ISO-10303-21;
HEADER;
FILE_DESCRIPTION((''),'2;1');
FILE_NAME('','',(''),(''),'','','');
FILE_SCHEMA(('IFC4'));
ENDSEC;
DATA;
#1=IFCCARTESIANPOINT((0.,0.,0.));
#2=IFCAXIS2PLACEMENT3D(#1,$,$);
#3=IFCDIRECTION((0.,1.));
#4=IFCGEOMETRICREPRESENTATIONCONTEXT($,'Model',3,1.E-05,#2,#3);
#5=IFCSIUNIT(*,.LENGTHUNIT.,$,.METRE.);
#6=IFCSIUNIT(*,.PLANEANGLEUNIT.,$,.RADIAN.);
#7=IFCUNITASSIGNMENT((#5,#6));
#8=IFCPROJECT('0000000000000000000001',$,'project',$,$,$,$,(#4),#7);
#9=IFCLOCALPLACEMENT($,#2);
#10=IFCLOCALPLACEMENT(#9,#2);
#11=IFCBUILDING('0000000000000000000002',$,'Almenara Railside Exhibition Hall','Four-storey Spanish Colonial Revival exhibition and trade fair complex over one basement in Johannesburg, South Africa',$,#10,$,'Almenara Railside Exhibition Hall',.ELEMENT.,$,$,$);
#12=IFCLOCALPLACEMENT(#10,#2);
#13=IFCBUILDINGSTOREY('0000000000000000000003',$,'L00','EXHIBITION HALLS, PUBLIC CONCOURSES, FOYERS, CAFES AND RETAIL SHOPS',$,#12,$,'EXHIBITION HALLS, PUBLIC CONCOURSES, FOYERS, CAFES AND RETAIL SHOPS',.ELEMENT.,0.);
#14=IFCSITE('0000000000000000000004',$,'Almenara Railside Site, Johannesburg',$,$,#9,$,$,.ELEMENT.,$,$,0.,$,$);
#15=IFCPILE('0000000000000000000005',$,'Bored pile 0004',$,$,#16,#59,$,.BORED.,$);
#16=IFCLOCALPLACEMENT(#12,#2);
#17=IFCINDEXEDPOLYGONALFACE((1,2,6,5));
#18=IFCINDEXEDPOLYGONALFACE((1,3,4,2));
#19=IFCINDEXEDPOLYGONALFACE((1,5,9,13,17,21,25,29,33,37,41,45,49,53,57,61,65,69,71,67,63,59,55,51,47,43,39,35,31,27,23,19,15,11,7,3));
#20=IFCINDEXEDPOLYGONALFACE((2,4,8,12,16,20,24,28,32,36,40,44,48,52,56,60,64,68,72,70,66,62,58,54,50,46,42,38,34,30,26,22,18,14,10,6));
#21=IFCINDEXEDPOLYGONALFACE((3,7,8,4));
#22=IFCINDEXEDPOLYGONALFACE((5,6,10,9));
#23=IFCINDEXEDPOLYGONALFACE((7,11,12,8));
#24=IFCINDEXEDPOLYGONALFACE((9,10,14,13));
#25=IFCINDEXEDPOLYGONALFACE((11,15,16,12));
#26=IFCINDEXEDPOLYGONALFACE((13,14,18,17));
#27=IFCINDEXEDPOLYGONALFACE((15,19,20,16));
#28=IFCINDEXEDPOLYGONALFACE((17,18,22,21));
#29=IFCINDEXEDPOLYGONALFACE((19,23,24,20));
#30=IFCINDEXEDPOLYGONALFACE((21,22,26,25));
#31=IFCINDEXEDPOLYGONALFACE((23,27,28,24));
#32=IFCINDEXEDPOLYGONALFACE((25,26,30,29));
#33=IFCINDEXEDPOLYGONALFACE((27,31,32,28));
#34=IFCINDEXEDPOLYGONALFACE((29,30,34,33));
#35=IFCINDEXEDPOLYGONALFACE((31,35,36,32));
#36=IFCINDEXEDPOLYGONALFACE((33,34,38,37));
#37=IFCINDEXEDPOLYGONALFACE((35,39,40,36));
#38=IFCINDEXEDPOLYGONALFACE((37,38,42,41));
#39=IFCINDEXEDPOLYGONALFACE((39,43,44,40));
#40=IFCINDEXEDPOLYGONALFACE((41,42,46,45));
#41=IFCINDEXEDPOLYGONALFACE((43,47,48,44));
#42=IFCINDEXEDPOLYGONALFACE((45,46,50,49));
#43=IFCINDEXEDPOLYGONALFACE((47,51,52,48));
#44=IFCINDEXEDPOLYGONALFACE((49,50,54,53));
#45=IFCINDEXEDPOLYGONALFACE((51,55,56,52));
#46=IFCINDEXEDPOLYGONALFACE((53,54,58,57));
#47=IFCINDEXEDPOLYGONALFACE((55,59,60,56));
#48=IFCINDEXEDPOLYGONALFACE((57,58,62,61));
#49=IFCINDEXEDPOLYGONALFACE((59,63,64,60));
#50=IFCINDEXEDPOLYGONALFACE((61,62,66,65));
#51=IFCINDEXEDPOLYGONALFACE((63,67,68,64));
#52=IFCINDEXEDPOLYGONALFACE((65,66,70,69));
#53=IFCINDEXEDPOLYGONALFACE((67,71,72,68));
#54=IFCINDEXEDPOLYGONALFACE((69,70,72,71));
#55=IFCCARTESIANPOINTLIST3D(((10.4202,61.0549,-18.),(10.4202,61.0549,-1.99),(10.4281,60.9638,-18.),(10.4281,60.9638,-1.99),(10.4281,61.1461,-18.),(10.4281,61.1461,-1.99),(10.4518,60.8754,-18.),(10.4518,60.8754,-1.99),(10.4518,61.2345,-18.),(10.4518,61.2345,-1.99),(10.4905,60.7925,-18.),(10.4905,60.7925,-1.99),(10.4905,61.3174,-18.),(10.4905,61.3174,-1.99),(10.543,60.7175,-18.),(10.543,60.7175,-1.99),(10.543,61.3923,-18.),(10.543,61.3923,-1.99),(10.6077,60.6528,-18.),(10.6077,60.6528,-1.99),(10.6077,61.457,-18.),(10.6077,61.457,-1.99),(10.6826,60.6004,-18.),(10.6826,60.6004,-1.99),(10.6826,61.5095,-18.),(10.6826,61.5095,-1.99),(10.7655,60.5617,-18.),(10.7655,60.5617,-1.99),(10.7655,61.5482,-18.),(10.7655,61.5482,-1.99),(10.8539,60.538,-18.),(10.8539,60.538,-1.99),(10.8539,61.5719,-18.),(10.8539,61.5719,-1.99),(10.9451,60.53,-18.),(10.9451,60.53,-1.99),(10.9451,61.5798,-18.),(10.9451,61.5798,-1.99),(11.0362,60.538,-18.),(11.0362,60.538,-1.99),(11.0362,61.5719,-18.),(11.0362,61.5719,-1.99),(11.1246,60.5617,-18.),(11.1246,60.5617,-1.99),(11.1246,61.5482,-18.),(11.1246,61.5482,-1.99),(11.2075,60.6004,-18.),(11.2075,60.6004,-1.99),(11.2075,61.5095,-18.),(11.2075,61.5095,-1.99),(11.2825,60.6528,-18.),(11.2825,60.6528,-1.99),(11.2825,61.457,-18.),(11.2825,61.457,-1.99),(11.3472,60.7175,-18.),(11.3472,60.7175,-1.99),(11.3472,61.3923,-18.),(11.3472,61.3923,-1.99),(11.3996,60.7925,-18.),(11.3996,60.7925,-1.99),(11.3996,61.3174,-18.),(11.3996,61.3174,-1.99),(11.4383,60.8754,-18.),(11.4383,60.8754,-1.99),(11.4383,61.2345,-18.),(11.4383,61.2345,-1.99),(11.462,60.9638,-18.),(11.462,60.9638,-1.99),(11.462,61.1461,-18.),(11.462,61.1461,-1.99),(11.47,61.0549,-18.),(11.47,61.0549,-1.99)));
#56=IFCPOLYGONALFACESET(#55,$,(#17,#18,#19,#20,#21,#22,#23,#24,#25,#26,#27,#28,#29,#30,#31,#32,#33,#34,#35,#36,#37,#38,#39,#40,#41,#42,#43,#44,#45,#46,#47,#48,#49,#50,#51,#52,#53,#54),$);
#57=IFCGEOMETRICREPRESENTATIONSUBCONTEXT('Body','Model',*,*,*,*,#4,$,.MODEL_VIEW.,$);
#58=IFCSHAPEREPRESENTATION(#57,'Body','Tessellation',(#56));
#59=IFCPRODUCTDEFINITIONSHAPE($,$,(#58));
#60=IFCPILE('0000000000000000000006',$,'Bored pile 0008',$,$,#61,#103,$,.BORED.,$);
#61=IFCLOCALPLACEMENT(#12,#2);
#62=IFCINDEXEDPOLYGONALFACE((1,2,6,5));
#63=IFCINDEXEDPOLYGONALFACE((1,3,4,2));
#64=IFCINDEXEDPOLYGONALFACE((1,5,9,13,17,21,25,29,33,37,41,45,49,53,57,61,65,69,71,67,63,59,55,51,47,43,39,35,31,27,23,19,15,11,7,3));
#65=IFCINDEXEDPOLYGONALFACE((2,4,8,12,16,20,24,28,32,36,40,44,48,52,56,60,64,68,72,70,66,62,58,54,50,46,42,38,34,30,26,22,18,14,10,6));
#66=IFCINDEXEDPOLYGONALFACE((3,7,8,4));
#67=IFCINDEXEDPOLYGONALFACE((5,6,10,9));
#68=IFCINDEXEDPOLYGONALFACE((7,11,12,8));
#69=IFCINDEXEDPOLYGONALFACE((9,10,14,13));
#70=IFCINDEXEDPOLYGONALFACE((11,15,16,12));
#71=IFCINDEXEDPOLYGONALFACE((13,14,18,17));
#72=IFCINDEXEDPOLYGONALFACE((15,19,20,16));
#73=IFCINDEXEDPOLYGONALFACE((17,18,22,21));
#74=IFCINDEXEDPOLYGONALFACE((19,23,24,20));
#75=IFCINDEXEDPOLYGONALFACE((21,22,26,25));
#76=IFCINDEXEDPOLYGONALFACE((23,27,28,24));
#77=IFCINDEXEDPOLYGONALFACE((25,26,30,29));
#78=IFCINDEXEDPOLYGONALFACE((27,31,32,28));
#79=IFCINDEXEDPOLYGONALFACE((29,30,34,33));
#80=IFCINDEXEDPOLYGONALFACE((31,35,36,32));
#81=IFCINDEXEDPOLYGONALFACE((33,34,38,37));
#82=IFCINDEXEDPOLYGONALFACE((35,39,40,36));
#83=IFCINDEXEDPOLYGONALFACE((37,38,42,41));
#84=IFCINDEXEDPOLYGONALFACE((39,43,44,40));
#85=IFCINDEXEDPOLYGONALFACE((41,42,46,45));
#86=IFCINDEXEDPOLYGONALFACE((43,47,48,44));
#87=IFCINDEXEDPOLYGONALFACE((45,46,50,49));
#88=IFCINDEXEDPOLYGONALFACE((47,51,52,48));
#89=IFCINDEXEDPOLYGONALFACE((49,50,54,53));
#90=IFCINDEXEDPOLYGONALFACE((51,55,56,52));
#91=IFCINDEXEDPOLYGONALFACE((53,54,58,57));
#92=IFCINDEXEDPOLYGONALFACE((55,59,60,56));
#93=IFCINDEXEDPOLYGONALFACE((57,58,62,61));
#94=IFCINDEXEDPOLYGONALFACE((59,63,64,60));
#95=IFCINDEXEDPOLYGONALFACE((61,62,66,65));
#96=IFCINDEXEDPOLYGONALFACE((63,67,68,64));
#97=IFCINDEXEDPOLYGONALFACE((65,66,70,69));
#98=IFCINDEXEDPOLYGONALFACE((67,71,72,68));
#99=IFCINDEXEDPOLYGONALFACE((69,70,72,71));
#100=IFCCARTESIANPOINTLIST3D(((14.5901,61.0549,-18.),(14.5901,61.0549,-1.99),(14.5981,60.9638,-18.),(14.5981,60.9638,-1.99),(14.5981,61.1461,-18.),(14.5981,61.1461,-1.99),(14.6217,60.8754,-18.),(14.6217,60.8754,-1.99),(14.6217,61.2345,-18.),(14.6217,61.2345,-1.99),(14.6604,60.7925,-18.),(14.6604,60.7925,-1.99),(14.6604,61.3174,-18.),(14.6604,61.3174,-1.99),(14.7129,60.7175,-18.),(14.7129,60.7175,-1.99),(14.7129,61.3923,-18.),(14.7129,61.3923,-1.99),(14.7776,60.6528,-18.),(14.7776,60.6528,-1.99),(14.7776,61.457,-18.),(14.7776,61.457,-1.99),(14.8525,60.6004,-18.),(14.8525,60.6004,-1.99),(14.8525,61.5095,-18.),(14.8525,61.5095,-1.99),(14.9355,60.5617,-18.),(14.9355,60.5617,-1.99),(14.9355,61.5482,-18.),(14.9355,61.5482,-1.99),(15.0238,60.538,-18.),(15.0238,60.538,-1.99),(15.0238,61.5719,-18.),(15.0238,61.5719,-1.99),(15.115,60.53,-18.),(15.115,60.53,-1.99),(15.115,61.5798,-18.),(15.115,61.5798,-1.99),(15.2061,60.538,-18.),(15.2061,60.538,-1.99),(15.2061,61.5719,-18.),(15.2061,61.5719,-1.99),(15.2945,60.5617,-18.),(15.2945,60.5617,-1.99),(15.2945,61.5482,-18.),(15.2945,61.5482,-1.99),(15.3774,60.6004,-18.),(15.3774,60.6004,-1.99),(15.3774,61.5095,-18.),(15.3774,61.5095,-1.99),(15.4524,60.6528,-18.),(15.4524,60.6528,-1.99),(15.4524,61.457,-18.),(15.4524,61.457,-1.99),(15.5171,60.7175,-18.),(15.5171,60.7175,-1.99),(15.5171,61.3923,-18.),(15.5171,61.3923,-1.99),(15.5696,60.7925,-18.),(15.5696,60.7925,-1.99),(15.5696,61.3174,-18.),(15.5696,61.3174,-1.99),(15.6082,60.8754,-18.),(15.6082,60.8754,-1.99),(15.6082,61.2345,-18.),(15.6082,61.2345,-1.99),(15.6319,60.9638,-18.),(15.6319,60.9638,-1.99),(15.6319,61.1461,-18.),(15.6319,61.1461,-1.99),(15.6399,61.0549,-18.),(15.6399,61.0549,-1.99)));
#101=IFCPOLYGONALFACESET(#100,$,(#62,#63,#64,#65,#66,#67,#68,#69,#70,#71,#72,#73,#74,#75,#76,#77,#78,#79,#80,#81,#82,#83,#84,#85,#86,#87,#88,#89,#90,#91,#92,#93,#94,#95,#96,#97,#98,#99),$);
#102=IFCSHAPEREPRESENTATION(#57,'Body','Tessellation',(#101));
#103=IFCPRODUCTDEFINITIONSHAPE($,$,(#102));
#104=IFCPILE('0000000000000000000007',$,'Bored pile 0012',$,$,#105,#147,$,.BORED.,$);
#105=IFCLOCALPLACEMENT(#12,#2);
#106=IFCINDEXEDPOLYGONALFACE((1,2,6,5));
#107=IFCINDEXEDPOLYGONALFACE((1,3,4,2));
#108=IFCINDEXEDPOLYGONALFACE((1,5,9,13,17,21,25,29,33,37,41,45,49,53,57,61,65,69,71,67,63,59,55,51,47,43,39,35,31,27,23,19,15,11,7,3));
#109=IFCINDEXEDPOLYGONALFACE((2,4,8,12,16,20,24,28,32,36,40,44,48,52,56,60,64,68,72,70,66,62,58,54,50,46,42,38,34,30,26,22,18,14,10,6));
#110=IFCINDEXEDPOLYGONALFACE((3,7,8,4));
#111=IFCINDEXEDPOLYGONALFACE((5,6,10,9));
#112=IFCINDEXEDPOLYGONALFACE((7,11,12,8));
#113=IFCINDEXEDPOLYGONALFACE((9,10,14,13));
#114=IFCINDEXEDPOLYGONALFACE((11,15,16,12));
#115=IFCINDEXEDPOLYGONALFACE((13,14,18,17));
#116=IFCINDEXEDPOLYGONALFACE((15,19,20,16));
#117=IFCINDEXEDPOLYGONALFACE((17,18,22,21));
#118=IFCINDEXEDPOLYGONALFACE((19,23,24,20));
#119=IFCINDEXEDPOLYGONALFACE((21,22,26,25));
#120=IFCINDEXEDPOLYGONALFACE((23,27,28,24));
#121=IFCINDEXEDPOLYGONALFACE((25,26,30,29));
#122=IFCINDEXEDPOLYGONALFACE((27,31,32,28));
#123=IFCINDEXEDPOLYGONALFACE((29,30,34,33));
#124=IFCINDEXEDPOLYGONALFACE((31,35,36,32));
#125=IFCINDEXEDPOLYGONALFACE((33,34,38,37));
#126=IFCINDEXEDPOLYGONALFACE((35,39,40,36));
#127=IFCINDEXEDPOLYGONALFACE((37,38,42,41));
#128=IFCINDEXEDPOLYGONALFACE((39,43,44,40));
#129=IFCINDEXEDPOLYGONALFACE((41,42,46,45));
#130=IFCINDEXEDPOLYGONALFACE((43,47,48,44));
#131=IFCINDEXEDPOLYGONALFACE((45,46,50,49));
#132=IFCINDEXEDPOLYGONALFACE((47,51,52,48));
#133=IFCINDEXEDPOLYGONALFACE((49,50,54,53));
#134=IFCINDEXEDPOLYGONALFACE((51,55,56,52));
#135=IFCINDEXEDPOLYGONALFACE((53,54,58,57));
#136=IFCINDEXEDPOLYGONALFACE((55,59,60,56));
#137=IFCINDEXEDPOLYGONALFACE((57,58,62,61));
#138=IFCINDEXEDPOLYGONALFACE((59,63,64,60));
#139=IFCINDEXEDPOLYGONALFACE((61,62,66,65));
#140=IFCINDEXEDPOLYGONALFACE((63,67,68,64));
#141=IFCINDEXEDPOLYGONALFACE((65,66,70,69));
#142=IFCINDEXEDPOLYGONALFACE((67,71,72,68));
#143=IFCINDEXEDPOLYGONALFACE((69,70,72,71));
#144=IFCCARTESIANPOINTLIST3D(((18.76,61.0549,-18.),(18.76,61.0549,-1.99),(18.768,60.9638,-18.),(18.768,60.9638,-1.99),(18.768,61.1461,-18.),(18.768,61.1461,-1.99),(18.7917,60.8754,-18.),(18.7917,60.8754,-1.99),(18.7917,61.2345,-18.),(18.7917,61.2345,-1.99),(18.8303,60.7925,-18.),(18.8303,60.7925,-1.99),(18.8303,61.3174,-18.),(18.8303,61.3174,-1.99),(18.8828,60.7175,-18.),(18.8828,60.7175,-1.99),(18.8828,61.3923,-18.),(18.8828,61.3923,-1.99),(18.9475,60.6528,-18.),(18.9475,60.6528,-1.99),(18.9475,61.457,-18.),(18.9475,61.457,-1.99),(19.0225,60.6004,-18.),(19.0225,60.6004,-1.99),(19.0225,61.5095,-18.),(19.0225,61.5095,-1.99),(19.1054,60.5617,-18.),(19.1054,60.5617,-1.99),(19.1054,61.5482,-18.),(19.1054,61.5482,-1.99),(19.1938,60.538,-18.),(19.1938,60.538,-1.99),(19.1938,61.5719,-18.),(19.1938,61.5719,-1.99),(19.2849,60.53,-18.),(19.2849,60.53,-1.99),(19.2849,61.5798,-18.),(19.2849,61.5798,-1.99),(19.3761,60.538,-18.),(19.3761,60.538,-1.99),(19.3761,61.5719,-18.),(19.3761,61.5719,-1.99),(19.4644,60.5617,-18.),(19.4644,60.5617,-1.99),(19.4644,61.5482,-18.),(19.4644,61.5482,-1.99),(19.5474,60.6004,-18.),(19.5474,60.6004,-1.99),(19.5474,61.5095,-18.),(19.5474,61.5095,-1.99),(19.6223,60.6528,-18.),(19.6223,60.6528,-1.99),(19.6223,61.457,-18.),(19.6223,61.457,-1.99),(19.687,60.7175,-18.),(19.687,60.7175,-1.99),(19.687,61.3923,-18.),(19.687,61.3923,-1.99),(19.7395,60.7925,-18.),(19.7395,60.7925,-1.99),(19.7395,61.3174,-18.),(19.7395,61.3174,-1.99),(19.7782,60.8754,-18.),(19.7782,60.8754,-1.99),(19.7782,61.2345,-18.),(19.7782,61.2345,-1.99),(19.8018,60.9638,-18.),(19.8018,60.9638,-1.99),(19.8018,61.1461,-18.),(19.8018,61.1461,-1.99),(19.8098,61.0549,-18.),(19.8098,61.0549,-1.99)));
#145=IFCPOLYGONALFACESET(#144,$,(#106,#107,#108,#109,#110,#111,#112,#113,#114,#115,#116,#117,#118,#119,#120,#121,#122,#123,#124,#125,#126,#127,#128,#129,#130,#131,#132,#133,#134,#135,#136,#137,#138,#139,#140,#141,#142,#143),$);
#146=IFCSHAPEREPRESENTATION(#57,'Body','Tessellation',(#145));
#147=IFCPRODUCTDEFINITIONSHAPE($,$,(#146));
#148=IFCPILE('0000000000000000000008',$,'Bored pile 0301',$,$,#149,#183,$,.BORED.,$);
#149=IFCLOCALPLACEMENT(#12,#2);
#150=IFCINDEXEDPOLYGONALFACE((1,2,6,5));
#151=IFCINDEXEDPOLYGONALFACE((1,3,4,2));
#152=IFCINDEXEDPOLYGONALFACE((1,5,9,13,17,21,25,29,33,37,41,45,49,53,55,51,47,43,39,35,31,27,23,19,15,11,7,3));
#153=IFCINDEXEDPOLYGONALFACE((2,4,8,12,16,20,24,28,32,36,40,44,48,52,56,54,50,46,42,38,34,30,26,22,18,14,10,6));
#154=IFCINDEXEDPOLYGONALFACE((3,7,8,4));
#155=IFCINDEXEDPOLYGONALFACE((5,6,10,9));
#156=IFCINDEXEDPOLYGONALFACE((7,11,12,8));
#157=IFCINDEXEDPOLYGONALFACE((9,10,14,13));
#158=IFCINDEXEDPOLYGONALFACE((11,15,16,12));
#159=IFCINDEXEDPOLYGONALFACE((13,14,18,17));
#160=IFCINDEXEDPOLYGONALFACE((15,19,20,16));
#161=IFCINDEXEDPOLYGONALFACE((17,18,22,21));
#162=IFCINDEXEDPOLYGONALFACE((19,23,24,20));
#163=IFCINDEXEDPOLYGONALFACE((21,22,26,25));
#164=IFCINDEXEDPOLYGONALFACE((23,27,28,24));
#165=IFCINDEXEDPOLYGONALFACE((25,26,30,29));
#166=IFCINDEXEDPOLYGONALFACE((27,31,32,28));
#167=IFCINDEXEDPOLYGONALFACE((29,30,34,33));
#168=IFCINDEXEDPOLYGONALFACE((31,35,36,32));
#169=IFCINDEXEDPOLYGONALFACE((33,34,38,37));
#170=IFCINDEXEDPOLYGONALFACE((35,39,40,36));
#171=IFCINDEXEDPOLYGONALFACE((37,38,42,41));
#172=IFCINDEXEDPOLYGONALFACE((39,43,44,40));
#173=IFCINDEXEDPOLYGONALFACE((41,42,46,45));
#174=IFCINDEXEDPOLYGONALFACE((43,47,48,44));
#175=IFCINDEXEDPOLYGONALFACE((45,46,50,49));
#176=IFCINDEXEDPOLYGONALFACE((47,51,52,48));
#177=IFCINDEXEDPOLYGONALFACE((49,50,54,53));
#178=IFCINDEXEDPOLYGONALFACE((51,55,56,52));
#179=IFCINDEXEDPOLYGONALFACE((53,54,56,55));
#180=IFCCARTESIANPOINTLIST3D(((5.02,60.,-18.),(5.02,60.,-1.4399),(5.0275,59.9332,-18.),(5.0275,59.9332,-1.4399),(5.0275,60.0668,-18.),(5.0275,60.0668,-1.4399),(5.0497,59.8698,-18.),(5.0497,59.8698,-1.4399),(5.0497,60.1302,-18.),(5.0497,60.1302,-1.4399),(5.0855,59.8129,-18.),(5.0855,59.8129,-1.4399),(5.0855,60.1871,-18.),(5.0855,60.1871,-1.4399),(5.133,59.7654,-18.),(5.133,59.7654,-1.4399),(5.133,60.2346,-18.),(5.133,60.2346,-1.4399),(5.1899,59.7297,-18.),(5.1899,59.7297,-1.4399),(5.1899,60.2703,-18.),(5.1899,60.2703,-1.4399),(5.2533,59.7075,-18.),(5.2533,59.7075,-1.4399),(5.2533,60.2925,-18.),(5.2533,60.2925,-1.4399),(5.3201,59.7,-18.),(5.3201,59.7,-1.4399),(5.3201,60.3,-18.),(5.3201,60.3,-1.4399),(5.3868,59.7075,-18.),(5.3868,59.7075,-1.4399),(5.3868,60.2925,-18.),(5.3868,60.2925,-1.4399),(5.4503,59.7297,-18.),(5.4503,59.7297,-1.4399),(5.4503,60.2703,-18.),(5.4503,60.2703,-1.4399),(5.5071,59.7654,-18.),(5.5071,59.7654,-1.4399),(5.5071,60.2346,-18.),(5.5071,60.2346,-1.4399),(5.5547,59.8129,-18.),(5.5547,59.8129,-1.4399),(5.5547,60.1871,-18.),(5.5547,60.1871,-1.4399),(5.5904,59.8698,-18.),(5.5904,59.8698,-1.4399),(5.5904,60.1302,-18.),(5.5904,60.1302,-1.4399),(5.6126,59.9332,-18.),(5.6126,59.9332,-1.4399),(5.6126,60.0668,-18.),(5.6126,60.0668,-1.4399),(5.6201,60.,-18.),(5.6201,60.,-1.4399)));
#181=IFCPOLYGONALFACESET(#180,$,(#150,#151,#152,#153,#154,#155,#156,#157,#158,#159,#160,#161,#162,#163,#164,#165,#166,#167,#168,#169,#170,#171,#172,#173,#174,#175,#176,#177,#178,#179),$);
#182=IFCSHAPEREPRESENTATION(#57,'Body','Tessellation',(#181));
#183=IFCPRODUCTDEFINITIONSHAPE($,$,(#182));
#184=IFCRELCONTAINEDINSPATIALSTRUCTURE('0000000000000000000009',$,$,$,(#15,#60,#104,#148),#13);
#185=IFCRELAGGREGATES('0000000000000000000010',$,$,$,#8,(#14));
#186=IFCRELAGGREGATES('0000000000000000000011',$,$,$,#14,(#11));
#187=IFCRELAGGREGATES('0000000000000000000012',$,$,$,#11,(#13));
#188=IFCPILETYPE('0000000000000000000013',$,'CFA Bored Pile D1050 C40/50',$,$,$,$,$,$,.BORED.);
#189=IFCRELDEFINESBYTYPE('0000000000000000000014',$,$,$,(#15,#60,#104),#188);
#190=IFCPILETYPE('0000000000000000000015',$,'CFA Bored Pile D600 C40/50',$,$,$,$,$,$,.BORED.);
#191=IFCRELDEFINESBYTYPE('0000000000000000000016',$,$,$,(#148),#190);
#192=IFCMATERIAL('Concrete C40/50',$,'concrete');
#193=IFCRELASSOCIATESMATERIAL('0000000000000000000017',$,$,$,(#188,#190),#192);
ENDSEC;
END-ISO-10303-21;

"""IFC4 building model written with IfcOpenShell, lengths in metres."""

from ifc_helpers import new_model, si_unit, direction, frame, origin, origin_2d, place, context, subcontext, project, spatial, circle, extrude, material, material_profile, profile_set, type_object, element, save


model = new_model("IFC4")

# Units and contexts
model_context = context("Model", 3, precision=1e-05, world=origin(), true_north=direction((0.0, 1.0)))
body_context = subcontext(model_context, "Body", "Model", "MODEL_VIEW")
ifc_project = project(units=[si_unit("LENGTHUNIT", "METRE"), si_unit("PLANEANGLEUNIT", "RADIAN")], contexts=[model_context])

# Site, building, storey
site_placement = place(None, origin())
site = spatial("IfcSite", under=ifc_project, at=site_placement, Name="Almenara Railside Site, Johannesburg", CompositionType="ELEMENT", RefElevation=0.0)
building_placement = place(site_placement, origin())
building = spatial("IfcBuilding", under=site, at=building_placement, Name="Almenara Railside Exhibition Hall", Description="Four-storey Spanish Colonial Revival exhibition and trade fair complex over one basement in Johannesburg, South Africa", LongName="Almenara Railside Exhibition Hall", CompositionType="ELEMENT")
storey_placement = place(building_placement, origin())
storey = spatial("IfcBuildingStorey", under=building, at=storey_placement, Name="L00", Description="EXHIBITION HALLS, PUBLIC CONCOURSES, FOYERS, CAFES AND RETAIL SHOPS", LongName="EXHIBITION HALLS, PUBLIC CONCOURSES, FOYERS, CAFES AND RETAIL SHOPS", CompositionType="ELEMENT", Elevation=0.0)

# Piles
ifc_material_1 = material(Name="Concrete C40/50", Category="concrete")
ifc_material_profile_1 = material_profile(ifc_material_1, circle(Radius=0.5249, at=origin_2d()), Name="CFA-PILE D1050")
ifc_profile_set_1 = profile_set([ifc_material_profile_1], Name="Concrete C40/50")
pile_type_1 = type_object("IfcPileType", Name="CFA Bored Pile D1050 C40/50", PredefinedType="BORED", material=ifc_profile_set_1)
for number, where, z_axis, x_axis, name in (
    (1, (10.9451, 61.0549, -1.99), (0.0, 0.0, -1.0), (1.0, 0.0, 0.0), "Bored pile 0004"),
    (2, (15.115, 61.0549, -1.99), (0.0, 0.0, -1.0), (1.0, 0.0, 0.0), "Bored pile 0008"),
    (3, (19.2849, 61.0549, -1.99), (0.0, 0.0, -1.0), (1.0, 0.0, 0.0), "Bored pile 0012"),
):
    element("IfcPile", number, at=place(storey_placement, frame(where, z_axis=z_axis, x_axis=x_axis)), inside=storey, type_object=pile_type_1, Name=name, PredefinedType="BORED", context=body_context, shape_type="SweptSolid", body=[
        extrude(circle(Radius=0.5249, at=origin_2d()), origin(), (0.0, 0.0, 1.0), 16.01),
    ])
ifc_material_profile_2 = material_profile(ifc_material_1, circle(Radius=0.3, at=origin_2d()), Name="CFA-PILE D600")
ifc_profile_set_2 = profile_set([ifc_material_profile_2], Name="Concrete C40/50")
pile_type_2 = type_object("IfcPileType", Name="CFA Bored Pile D600 C40/50", PredefinedType="BORED", material=ifc_profile_set_2)
for number, where, z_axis, x_axis, name in (
    (4, (5.3201, 60.0, -1.4399), (0.0, 0.0, -1.0), (1.0, 0.0, 0.0), "Bored pile 0301"),
):
    element("IfcPile", number, at=place(storey_placement, frame(where, z_axis=z_axis, x_axis=x_axis)), inside=storey, type_object=pile_type_2, Name=name, PredefinedType="BORED", context=body_context, shape_type="SweptSolid", body=[
        extrude(circle(Radius=0.3, at=origin_2d()), origin(), (0.0, 0.0, 1.0), 16.5601),
    ])

save(model, "model.ifc")
